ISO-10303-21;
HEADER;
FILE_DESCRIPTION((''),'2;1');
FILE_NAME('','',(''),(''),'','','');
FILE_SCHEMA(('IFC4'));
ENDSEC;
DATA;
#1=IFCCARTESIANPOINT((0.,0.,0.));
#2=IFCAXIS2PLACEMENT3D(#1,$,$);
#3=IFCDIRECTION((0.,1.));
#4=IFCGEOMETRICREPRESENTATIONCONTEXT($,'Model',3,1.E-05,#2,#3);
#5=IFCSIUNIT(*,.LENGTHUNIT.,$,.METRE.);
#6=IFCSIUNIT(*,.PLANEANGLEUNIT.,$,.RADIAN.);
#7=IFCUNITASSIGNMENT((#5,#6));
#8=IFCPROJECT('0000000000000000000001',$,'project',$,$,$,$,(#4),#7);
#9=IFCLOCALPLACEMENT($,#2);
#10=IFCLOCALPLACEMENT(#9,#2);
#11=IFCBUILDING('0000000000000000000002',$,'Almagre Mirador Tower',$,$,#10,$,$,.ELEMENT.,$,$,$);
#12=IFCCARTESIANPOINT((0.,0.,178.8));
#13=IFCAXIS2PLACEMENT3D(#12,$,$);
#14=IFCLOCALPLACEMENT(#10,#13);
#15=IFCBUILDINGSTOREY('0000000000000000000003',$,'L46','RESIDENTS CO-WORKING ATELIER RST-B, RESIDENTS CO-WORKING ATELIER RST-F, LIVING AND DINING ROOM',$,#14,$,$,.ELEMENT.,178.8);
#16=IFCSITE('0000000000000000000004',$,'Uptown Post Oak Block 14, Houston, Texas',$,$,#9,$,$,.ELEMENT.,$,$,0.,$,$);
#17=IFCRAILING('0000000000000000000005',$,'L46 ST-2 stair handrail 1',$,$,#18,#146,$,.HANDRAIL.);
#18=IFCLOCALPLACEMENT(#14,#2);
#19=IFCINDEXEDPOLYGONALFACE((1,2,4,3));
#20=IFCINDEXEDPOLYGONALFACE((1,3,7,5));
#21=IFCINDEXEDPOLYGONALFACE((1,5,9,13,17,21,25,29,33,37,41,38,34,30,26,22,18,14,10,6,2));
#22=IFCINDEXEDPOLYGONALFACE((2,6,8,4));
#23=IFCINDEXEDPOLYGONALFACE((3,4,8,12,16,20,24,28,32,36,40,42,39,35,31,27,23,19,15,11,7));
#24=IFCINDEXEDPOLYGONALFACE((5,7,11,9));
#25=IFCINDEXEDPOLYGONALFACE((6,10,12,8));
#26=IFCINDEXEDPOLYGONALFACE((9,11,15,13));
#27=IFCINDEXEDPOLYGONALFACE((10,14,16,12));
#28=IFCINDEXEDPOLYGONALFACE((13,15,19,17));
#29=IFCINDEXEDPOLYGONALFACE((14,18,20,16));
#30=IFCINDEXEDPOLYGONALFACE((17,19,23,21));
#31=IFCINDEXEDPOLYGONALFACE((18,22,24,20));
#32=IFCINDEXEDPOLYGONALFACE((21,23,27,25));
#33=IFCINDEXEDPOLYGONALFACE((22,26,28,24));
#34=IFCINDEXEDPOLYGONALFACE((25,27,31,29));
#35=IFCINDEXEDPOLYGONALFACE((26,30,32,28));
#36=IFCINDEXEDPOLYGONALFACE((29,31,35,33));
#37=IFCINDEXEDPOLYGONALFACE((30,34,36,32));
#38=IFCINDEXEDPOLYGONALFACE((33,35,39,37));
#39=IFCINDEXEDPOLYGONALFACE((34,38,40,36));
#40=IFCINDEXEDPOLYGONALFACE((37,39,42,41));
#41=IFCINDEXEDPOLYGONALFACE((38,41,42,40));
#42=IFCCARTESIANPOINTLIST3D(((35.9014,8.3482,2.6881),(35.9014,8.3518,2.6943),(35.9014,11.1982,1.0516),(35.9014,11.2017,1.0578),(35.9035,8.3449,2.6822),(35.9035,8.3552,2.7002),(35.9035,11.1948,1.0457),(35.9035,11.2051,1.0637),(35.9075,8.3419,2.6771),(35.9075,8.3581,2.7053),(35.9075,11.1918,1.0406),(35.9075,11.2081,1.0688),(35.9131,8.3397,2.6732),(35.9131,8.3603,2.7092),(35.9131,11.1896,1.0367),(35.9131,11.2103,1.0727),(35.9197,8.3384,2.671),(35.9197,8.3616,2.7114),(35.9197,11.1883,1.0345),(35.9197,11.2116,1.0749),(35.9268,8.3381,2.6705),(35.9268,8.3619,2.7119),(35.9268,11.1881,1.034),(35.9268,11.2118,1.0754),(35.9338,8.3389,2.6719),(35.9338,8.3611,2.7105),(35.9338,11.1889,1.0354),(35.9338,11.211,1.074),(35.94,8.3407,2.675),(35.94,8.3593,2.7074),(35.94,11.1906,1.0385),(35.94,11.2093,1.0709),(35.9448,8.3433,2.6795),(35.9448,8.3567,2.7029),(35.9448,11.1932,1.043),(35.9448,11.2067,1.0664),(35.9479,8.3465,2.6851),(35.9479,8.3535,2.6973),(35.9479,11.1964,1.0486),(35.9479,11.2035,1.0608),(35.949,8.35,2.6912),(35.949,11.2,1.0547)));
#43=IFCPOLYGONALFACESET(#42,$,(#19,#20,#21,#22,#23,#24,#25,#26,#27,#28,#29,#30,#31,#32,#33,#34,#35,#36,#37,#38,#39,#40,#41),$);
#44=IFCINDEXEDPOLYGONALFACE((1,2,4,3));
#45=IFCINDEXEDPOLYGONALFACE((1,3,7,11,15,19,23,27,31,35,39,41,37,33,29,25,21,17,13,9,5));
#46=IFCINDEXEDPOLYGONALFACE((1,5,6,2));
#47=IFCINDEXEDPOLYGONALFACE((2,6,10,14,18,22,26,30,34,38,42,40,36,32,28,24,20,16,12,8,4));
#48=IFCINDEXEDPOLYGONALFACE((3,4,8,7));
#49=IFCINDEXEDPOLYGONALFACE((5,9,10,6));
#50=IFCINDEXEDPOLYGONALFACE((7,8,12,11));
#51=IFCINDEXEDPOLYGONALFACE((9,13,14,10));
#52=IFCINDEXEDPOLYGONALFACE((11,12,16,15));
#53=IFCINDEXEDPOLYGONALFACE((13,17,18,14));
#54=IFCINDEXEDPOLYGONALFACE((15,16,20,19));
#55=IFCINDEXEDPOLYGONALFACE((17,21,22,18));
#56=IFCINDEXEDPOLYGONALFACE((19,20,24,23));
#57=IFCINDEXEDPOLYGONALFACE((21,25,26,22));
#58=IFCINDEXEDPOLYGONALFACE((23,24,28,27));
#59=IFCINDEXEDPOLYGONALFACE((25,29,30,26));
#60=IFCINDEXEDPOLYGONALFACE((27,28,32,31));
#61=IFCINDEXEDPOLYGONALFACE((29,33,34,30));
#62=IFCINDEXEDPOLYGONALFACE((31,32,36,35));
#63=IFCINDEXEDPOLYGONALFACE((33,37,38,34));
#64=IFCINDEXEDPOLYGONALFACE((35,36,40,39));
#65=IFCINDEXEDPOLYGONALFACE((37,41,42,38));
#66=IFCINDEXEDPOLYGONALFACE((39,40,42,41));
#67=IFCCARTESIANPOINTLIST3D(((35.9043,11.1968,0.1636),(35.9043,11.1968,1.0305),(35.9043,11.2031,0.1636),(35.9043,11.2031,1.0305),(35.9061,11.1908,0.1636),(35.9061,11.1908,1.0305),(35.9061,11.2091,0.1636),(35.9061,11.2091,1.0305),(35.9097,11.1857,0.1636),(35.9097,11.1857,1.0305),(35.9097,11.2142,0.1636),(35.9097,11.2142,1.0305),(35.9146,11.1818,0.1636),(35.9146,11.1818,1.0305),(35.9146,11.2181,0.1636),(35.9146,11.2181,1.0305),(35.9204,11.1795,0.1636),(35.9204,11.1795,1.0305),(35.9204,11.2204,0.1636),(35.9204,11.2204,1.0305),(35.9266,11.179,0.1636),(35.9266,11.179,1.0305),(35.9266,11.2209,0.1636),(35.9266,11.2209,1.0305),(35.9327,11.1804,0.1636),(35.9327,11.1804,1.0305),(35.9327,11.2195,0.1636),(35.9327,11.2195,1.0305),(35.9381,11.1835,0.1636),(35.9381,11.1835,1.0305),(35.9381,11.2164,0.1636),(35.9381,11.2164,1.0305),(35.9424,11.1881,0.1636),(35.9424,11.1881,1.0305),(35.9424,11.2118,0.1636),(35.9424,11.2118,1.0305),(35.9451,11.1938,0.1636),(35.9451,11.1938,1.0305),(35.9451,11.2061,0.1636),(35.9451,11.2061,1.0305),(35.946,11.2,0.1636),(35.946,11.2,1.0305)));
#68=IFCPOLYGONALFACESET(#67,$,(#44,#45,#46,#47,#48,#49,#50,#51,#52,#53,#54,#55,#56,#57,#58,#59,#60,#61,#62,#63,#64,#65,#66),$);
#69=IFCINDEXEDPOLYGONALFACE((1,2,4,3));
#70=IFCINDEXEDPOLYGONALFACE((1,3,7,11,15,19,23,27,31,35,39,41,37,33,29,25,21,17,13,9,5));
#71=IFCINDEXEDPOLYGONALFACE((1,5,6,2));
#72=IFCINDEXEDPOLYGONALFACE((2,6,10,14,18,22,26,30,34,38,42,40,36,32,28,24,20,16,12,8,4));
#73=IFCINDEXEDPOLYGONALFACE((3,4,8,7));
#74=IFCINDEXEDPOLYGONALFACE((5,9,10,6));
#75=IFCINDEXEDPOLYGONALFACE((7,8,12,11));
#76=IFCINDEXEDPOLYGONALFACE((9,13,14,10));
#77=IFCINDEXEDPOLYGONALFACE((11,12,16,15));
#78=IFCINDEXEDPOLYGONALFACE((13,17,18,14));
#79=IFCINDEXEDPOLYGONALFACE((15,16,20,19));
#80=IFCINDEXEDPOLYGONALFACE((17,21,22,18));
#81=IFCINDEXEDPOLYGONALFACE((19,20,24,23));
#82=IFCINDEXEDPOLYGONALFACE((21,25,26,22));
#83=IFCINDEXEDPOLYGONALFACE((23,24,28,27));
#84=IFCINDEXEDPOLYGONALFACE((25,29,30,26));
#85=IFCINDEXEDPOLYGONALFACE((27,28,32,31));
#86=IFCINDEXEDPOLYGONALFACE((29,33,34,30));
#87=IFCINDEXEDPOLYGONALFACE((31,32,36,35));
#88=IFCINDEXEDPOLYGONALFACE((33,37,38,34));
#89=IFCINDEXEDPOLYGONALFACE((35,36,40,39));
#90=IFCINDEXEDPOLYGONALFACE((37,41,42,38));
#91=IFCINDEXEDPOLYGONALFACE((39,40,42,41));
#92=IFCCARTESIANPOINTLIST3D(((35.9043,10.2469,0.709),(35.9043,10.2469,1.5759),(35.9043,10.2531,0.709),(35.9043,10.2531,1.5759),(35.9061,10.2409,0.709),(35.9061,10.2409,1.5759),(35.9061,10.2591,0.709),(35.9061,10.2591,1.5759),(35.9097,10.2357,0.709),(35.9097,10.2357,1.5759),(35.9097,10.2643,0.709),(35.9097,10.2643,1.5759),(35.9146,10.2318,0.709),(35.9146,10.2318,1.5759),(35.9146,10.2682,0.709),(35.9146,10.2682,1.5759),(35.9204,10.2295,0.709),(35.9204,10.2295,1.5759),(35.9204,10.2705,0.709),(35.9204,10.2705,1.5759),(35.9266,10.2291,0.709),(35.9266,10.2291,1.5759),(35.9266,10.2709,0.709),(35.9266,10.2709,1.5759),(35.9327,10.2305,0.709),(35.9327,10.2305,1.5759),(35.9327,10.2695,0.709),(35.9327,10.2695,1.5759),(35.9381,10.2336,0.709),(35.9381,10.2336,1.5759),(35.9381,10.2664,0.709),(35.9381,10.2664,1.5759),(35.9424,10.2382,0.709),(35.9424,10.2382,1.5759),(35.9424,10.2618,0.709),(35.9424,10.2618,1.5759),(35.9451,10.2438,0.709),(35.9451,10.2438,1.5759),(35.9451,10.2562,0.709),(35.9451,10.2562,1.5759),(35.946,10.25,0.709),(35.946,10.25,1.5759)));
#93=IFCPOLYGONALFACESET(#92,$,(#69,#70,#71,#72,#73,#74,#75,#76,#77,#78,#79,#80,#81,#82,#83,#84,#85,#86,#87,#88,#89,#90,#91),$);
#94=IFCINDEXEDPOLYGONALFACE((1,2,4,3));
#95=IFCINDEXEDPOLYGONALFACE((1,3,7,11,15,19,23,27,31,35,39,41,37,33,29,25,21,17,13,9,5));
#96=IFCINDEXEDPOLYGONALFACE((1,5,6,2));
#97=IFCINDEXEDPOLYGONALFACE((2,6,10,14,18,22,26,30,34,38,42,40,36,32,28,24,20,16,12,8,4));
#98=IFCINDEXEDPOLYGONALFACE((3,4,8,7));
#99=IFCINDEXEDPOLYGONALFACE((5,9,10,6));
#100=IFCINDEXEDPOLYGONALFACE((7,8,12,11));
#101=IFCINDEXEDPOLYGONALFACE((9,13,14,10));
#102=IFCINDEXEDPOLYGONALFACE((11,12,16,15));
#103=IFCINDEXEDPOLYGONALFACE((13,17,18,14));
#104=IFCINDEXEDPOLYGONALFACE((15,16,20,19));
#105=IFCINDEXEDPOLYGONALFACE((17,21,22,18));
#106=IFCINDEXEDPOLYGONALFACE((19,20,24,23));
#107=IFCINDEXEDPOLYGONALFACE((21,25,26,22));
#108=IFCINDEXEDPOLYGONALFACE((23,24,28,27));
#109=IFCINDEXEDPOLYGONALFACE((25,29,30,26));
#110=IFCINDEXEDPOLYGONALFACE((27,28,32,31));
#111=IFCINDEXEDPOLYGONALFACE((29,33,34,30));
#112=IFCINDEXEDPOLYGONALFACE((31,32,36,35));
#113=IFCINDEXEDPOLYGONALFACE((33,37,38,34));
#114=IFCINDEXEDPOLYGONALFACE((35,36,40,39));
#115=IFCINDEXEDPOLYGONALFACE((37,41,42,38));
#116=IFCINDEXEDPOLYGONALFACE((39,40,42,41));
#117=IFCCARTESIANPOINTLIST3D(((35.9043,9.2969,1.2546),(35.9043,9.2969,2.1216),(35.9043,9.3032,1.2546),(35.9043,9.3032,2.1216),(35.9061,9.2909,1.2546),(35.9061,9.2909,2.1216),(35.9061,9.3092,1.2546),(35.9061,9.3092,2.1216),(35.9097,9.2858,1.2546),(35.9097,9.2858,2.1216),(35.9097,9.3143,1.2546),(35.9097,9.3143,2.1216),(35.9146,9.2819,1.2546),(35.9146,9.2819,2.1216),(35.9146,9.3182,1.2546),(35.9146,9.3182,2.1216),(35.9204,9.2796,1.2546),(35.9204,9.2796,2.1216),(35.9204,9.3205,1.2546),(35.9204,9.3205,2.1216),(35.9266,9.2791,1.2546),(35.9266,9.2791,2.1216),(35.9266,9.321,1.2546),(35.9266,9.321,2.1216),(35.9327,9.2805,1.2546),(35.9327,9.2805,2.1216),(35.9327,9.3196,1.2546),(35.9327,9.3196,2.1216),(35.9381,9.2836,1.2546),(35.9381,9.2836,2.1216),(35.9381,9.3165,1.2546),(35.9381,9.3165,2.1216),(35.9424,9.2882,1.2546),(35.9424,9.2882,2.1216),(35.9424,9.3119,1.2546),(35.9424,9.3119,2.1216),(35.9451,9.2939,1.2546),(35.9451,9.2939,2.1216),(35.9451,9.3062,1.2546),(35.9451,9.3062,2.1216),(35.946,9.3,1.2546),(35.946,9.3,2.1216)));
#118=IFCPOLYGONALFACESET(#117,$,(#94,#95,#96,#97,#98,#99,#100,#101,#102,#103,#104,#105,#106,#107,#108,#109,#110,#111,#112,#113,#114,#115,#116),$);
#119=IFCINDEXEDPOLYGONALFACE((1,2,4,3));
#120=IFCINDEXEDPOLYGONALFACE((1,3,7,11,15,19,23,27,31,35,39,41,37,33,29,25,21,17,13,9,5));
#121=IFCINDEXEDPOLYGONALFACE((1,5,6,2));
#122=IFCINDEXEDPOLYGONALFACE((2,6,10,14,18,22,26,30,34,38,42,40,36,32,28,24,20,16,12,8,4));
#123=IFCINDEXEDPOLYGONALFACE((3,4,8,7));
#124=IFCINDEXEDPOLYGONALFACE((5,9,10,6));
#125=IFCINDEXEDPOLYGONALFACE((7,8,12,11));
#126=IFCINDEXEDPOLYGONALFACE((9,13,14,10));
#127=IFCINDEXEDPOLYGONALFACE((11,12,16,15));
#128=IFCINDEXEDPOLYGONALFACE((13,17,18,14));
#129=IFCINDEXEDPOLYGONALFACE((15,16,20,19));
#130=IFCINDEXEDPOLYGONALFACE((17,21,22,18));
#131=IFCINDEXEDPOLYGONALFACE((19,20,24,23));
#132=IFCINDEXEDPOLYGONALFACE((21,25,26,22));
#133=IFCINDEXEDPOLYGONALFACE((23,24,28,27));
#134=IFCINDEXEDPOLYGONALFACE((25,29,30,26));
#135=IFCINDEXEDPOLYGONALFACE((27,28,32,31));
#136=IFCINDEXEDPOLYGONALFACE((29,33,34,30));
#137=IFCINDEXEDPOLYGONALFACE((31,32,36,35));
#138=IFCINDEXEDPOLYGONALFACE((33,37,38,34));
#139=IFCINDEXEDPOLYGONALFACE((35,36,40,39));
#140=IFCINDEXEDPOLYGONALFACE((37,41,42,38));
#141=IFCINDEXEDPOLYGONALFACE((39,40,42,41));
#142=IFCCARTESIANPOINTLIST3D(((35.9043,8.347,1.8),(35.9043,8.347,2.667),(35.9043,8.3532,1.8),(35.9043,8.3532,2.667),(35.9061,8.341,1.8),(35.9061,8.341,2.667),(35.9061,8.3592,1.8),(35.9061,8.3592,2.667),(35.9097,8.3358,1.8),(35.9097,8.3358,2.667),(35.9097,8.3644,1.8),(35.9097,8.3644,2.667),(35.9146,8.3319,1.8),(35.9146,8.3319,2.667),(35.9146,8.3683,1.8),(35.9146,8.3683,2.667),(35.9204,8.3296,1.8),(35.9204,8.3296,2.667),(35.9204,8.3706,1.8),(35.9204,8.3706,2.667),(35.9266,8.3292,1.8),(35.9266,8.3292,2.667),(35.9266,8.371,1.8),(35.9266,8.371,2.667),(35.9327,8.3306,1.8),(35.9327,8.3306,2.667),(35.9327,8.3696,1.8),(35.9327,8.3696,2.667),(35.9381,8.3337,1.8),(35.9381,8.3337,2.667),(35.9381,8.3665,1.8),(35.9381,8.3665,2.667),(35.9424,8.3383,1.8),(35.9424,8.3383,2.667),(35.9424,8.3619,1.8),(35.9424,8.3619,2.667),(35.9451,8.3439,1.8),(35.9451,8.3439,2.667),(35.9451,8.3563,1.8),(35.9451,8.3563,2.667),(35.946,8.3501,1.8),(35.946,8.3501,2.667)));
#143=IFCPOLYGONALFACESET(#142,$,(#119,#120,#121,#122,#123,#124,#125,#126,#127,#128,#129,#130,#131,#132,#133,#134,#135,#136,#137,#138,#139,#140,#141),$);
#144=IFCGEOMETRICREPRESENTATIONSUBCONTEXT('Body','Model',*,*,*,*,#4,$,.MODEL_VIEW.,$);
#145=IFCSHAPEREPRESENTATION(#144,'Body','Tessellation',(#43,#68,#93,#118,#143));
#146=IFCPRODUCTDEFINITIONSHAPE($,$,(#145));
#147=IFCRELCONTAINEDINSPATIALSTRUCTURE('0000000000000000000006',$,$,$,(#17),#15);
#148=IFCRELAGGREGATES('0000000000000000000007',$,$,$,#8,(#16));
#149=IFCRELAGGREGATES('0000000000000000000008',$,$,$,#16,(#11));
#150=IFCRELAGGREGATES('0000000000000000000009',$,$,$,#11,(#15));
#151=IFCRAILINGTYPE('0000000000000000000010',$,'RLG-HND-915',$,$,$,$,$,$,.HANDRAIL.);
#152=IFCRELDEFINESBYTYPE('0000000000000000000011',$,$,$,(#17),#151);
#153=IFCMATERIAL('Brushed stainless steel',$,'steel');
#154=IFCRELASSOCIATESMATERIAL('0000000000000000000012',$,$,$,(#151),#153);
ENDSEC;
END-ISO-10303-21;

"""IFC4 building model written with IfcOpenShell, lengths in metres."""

from ifc_helpers import new_model, si_unit, direction, frame, origin, origin_2d, place, context, subcontext, project, spatial, circle, extrude, material, type_object, element, save


model = new_model("IFC4")

# Units and contexts
model_context = context("Model", 3, precision=1e-05, world=origin(), true_north=direction((0.0, 1.0)))
body_context = subcontext(model_context, "Body", "Model", "MODEL_VIEW")
ifc_project = project(units=[si_unit("LENGTHUNIT", "METRE"), si_unit("PLANEANGLEUNIT", "RADIAN")], contexts=[model_context])

# Site, building, storey
site_placement = place(None, origin())
site = spatial("IfcSite", under=ifc_project, at=site_placement, Name="Uptown Post Oak Block 14, Houston, Texas", CompositionType="ELEMENT", RefElevation=0.0)
building_placement = place(site_placement, origin())
building = spatial("IfcBuilding", under=site, at=building_placement, Name="Almagre Mirador Tower", CompositionType="ELEMENT")
storey_placement = place(building_placement, frame((0.0, 0.0, 178.8)))
storey = spatial("IfcBuildingStorey", under=building, at=storey_placement, Name="L46", Description="RESIDENTS CO-WORKING ATELIER RST-B, RESIDENTS CO-WORKING ATELIER RST-F, LIVING AND DINING ROOM", CompositionType="ELEMENT", Elevation=178.8)

# Railing
ifc_material_1 = material(Name="Brushed stainless steel", Category="steel")
railing_type_1 = type_object("IfcRailingType", Name="RLG-HND-915", PredefinedType="HANDRAIL", material=ifc_material_1)
railing_1_placement = place(storey_placement, frame((35.925, 11.2, 0.1636)))
element("IfcRailing", 1, at=railing_1_placement, inside=storey, type_object=railing_type_1, Name="L46 ST-2 stair handrail 1", PredefinedType="HANDRAIL", context=body_context, shape_type="SweptSolid", body=[
    extrude(circle(Radius=0.0239, at=origin_2d()), frame((0.0, 0.0, 0.8911), z_axis=(0.0, -0.867194, 0.49797), x_axis=(1.0, 0.0, 0.0)), (0.0, 0.0, 1.0), 3.2864),
    extrude(circle(Radius=0.021, at=origin_2d()), origin(), (0.0, 0.0, 1.0), 0.8669),
    extrude(circle(Radius=0.021, at=origin_2d()), frame((0.0, -0.95, 0.5454)), (0.0, 0.0, 1.0), 0.8669),
    extrude(circle(Radius=0.021, at=origin_2d()), frame((0.0, -1.8999, 1.0911)), (0.0, 0.0, 1.0), 0.8669),
    extrude(circle(Radius=0.021, at=origin_2d()), frame((0.0, -2.8499, 1.6365)), (0.0, 0.0, 1.0), 0.8669),
])

save(model, "model.ifc")
